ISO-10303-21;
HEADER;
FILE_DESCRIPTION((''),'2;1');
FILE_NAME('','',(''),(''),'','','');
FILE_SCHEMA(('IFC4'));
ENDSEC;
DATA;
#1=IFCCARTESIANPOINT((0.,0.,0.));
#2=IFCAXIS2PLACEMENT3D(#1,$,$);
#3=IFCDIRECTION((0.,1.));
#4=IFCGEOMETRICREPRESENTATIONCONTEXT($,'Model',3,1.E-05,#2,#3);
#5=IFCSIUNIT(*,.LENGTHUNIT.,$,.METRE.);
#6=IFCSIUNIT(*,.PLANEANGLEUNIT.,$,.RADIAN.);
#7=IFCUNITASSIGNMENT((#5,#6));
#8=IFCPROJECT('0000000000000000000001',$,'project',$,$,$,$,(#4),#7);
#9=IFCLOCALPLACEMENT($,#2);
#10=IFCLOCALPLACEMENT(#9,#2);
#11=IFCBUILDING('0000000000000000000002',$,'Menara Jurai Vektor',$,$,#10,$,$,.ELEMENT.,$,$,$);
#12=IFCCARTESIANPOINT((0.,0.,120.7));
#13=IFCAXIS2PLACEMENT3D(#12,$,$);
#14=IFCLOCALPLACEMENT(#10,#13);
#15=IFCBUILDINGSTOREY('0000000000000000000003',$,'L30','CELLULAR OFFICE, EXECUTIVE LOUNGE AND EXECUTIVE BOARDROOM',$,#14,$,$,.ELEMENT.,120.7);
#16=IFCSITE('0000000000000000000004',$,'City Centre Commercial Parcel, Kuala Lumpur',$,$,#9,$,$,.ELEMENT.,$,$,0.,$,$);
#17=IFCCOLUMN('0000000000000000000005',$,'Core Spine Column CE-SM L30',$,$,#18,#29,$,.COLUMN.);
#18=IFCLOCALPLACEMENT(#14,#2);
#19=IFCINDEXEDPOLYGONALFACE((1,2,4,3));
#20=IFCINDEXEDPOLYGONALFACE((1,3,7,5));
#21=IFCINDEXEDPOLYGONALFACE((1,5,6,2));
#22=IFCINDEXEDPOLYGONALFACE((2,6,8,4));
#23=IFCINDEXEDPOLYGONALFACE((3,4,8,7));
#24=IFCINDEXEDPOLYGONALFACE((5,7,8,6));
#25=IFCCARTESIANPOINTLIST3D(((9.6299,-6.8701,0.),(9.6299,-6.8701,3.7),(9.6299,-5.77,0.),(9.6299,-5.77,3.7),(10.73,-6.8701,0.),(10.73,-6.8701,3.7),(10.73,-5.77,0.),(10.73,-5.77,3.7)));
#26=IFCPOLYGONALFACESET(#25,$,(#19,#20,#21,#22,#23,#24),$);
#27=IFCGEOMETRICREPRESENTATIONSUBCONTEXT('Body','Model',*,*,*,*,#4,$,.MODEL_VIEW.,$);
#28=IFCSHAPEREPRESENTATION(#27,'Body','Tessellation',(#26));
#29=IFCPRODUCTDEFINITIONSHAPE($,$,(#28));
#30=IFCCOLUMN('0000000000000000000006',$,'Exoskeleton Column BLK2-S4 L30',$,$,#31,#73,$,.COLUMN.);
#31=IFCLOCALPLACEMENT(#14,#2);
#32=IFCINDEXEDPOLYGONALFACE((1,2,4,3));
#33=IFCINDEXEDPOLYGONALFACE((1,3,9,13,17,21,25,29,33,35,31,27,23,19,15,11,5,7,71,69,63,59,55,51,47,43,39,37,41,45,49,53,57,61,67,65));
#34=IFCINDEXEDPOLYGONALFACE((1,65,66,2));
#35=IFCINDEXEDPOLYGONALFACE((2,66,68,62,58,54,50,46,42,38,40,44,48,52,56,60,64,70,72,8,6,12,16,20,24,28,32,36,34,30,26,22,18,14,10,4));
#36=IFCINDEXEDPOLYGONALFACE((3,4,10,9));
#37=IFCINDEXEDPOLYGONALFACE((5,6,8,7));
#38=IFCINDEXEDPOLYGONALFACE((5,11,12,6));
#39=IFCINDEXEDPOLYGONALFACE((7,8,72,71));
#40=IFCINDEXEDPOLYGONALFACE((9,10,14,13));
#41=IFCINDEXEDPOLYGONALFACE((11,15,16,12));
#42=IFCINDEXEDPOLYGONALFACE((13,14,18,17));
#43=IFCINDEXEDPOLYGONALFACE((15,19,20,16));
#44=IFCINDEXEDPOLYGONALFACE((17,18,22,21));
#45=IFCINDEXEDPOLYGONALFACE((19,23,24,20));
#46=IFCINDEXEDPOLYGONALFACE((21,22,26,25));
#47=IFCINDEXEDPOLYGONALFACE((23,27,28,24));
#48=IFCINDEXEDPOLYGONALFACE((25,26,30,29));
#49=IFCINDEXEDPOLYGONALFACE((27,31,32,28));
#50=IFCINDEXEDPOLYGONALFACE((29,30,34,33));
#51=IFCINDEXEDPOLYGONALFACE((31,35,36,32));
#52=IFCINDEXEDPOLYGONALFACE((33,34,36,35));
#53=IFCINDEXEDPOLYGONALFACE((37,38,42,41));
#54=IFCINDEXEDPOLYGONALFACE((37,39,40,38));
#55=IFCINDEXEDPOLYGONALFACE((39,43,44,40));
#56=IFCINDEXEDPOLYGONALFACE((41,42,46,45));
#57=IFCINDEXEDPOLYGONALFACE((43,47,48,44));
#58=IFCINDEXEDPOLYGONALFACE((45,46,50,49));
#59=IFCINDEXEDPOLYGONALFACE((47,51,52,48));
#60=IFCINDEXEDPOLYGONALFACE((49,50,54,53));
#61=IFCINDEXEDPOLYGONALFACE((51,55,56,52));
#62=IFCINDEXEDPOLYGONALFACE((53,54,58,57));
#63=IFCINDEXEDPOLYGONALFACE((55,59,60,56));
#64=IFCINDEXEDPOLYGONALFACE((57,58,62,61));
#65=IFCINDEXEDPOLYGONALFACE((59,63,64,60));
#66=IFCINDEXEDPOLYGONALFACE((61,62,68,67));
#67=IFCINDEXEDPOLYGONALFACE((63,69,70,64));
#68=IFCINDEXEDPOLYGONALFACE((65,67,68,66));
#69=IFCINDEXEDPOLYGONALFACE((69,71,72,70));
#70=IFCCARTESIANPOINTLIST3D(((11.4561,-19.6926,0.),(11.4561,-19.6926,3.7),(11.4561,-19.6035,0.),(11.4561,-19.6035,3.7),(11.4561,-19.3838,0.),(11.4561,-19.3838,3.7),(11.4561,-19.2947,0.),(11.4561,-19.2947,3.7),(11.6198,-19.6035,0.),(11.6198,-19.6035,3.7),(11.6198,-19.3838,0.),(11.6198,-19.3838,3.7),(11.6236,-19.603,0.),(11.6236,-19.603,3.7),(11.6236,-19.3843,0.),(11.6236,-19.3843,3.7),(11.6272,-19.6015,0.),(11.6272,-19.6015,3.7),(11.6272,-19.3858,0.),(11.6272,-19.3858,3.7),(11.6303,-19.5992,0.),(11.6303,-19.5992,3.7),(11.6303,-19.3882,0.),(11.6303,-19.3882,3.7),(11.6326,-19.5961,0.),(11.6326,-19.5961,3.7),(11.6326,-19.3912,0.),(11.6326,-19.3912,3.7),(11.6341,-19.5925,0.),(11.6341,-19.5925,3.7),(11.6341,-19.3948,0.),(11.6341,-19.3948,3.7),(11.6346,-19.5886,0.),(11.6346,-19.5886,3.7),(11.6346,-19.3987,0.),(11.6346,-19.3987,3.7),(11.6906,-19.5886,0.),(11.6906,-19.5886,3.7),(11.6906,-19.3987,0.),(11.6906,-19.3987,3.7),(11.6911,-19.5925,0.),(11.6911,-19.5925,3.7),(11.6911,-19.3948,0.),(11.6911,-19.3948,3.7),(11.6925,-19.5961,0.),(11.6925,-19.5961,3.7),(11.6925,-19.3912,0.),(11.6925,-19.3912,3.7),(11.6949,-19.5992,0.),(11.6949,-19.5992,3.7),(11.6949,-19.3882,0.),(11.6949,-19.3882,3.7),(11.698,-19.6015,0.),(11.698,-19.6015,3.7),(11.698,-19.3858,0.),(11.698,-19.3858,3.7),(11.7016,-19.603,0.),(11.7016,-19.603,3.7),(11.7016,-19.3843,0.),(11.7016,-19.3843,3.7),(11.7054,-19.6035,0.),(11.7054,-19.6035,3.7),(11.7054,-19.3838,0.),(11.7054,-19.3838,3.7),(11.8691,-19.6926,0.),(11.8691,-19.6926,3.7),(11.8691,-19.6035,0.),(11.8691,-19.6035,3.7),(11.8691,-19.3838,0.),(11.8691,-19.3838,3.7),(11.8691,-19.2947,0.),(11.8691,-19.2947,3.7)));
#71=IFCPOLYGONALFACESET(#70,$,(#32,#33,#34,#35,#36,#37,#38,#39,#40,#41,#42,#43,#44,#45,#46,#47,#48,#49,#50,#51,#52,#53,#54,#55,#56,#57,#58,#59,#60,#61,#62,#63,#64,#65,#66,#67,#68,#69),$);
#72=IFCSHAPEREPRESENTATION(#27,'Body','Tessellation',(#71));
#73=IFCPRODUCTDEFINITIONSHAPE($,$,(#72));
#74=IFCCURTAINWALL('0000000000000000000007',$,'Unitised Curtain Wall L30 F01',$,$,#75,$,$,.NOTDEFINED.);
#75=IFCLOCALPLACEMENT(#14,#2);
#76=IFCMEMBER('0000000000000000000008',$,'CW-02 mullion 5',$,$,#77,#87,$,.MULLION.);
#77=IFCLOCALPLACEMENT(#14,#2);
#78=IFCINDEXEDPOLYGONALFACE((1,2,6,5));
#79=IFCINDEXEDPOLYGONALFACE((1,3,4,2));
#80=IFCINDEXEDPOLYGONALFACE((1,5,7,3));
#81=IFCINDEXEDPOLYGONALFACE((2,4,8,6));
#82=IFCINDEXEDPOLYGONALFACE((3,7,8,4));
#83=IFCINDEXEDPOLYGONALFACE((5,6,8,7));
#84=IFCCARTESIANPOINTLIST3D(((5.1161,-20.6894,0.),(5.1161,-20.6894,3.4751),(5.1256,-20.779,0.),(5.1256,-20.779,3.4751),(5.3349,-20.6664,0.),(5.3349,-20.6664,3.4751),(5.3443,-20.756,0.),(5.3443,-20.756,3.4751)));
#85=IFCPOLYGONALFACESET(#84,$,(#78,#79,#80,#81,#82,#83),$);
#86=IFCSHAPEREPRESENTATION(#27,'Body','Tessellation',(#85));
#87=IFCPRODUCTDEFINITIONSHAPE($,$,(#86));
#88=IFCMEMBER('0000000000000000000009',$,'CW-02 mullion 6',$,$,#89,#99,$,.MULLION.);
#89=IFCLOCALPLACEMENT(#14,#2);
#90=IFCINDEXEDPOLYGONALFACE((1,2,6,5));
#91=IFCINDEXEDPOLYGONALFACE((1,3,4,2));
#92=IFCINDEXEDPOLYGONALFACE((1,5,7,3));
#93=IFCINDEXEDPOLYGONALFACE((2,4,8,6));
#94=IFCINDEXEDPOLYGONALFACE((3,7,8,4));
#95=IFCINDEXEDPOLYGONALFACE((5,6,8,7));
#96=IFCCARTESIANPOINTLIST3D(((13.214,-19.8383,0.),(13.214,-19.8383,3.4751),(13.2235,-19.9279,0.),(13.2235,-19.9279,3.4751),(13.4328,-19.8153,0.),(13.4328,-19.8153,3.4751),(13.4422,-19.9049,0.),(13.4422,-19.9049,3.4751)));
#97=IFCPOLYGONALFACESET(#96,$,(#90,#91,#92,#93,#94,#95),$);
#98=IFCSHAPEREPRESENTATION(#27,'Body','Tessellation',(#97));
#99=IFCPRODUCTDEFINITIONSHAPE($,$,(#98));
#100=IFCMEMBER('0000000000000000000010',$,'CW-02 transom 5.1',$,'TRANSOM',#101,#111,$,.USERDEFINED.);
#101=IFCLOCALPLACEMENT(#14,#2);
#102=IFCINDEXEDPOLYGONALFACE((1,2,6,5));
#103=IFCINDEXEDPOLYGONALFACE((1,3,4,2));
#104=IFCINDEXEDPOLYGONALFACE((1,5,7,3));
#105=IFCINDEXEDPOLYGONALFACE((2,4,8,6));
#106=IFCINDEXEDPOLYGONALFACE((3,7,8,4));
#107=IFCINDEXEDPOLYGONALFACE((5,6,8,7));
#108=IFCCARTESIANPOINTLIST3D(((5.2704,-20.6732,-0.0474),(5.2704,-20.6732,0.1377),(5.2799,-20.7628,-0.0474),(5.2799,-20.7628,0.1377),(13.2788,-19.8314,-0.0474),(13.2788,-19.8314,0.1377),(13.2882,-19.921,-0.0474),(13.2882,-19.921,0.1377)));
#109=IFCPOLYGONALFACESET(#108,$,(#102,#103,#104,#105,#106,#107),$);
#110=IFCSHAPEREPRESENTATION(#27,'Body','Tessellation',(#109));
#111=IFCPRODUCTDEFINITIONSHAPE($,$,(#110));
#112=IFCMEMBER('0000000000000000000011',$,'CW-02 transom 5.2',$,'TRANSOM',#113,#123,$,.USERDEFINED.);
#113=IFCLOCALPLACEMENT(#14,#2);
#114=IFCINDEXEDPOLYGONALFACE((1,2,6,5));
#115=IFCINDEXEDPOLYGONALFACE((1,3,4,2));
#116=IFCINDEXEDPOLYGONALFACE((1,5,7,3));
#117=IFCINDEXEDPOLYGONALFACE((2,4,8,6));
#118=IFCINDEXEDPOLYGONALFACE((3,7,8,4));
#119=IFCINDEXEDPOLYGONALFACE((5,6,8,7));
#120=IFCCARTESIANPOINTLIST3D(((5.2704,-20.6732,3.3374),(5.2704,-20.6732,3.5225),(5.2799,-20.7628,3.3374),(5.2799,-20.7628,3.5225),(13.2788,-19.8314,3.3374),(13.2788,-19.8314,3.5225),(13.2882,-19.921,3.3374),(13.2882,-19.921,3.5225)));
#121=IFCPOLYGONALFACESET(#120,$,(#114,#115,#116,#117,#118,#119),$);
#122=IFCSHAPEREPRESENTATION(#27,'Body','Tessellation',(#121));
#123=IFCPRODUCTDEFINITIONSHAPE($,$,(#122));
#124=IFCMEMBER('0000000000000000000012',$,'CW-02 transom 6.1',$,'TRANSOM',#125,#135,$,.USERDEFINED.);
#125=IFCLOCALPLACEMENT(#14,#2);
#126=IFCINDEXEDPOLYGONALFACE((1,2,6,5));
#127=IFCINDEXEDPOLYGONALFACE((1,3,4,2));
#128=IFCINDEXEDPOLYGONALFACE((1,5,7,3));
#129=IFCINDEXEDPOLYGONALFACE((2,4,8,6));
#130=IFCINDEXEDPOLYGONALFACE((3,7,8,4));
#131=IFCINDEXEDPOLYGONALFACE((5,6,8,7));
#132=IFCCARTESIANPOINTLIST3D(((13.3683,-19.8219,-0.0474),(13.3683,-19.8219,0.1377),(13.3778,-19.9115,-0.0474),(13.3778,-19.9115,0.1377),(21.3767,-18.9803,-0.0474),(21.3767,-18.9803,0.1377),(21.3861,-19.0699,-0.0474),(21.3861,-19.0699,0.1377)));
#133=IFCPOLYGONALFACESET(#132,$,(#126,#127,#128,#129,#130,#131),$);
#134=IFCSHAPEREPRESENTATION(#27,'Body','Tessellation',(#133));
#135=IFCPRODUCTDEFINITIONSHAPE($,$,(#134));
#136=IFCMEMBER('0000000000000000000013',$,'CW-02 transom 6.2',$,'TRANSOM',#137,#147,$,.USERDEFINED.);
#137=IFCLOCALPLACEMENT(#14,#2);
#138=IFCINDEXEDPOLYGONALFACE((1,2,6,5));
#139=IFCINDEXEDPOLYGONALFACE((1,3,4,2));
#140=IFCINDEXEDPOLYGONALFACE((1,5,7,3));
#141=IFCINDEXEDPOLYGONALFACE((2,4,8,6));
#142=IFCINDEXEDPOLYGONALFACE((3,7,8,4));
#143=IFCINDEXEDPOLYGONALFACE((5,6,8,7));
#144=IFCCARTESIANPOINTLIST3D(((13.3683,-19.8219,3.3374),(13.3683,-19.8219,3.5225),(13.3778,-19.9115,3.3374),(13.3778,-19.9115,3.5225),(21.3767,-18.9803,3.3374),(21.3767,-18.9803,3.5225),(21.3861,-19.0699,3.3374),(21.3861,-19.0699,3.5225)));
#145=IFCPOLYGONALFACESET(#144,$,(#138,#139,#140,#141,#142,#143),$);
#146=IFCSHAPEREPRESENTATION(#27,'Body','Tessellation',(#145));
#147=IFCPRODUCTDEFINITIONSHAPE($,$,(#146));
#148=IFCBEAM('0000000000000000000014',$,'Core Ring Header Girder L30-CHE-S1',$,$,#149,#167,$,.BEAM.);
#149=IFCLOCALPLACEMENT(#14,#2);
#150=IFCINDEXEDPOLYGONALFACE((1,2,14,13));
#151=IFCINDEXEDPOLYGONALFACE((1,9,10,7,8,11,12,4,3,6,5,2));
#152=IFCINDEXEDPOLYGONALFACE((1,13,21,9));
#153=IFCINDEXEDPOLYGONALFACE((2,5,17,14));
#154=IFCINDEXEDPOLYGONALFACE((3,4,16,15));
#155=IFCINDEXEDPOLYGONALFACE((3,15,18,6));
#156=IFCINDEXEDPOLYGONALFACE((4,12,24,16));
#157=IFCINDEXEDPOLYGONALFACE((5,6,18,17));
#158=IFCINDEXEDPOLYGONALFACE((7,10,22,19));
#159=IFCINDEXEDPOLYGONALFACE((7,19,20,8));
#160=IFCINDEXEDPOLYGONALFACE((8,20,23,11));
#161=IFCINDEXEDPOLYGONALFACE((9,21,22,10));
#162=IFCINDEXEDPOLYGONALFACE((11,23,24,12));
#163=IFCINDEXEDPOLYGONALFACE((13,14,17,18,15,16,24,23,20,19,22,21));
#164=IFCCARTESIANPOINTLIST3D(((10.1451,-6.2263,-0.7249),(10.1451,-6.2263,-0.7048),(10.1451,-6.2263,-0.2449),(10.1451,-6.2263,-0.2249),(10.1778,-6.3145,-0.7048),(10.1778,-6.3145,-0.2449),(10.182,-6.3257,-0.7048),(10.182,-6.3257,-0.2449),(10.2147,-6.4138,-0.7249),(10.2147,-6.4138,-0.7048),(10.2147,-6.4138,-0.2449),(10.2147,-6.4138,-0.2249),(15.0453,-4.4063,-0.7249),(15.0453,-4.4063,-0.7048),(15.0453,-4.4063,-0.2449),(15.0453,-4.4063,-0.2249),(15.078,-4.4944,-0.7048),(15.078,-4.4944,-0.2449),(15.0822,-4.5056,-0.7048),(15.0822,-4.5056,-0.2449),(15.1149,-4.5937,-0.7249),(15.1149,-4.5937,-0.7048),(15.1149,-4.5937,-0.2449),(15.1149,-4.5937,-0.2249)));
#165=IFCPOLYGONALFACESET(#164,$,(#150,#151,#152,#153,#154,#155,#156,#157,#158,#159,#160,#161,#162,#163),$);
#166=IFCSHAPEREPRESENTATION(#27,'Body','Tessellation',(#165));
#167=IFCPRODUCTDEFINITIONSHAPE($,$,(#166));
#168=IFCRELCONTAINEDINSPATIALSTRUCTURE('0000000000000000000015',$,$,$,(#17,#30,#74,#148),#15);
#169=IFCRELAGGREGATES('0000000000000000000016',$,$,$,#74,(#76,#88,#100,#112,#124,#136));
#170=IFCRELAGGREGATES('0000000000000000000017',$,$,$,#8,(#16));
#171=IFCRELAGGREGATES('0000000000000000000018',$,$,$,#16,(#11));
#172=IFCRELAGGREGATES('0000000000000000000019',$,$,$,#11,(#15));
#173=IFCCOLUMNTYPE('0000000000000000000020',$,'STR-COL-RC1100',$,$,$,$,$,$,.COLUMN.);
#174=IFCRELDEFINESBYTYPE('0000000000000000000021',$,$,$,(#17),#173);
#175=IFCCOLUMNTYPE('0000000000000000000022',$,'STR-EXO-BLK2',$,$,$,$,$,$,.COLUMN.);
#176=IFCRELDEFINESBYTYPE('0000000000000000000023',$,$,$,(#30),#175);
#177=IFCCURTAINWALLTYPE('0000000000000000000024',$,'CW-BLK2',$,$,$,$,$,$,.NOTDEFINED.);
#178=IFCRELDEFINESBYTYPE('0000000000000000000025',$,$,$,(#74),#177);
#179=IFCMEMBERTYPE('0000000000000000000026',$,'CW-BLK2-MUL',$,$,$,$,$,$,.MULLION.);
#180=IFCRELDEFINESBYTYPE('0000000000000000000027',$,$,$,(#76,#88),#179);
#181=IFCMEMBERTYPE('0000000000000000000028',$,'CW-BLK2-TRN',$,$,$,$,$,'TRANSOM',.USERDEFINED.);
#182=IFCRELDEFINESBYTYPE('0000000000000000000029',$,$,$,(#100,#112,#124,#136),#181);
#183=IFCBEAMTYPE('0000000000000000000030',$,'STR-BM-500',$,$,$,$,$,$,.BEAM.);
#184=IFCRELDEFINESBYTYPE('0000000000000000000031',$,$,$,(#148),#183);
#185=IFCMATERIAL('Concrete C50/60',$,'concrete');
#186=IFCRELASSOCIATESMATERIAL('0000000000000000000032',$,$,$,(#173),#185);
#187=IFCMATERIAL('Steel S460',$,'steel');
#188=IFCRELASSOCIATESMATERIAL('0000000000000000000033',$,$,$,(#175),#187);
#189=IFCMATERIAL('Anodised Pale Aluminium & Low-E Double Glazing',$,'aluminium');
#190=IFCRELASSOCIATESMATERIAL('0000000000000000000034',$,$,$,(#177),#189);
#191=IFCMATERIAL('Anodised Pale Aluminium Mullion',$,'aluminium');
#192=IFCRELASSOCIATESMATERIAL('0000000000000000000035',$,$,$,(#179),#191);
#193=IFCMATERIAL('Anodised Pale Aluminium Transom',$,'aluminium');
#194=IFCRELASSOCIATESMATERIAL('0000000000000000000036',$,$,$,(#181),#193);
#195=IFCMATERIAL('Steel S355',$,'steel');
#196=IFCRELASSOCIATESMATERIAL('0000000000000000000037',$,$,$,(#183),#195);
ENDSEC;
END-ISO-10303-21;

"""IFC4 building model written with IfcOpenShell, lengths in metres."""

from ifc_helpers import new_model, si_unit, direction, frame, origin, origin_2d, place, context, subcontext, project, spatial, rectangle, i_section, extrude, material, material_profile, profile_set, type_object, element, aggregate, save


model = new_model("IFC4")

# Units and contexts
model_context = context("Model", 3, precision=1e-05, world=origin(), true_north=direction((0.0, 1.0)))
body_context = subcontext(model_context, "Body", "Model", "MODEL_VIEW")
ifc_project = project(units=[si_unit("LENGTHUNIT", "METRE"), si_unit("PLANEANGLEUNIT", "RADIAN")], contexts=[model_context])

# Site, building, storey
site_placement = place(None, origin())
site = spatial("IfcSite", under=ifc_project, at=site_placement, Name="City Centre Commercial Parcel, Kuala Lumpur", CompositionType="ELEMENT", RefElevation=0.0)
building_placement = place(site_placement, origin())
building = spatial("IfcBuilding", under=site, at=building_placement, Name="Menara Jurai Vektor", CompositionType="ELEMENT")
storey_placement = place(building_placement, frame((0.0, 0.0, 120.7)))
storey = spatial("IfcBuildingStorey", under=building, at=storey_placement, Name="L30", Description="CELLULAR OFFICE, EXECUTIVE LOUNGE AND EXECUTIVE BOARDROOM", CompositionType="ELEMENT", Elevation=120.7)

# Columns
ifc_material_1 = material(Name="Concrete C50/60", Category="concrete")
ifc_material_profile_1 = material_profile(ifc_material_1, rectangle(XDim=1.1001, YDim=1.1001, at=origin_2d()), Name="RC 1100x1100")
ifc_profile_set_1 = profile_set([ifc_material_profile_1], Name="Concrete C50/60")
column_type_1 = type_object("IfcColumnType", Name="STR-COL-RC1100", PredefinedType="COLUMN", material=ifc_profile_set_1)
column_1_placement = place(storey_placement, frame((10.1799, -6.3201, 0.0), z_axis=(0.0, 0.0, 1.0), x_axis=(1.0, 0.0, 0.0)))
element("IfcColumn", 1, at=column_1_placement, inside=storey, type_object=column_type_1, Name="Core Spine Column CE-SM L30", PredefinedType="COLUMN", context=body_context, shape_type="SweptSolid", body=[
    extrude(rectangle(XDim=1.1001, YDim=1.1001, at=origin_2d()), origin(), (0.0, 0.0, 1.0), 3.7),
])
ifc_material_2 = material(Name="Steel S460", Category="steel")
ifc_material_profile_2 = material_profile(ifc_material_2, i_section(OverallWidth=0.4131, OverallDepth=0.3979, WebThickness=0.0559, FlangeThickness=0.0891, FilletRadius=0.0149, at=origin_2d()), Name="HD 400x744")
ifc_profile_set_2 = profile_set([ifc_material_profile_2], Name="Steel S460")
column_type_2 = type_object("IfcColumnType", Name="STR-EXO-BLK2", PredefinedType="COLUMN", material=ifc_profile_set_2)
column_2_placement = place(storey_placement, frame((11.6626, -19.4937, 0.0), z_axis=(0.0, 0.0, 1.0), x_axis=(1.0, 0.0, 0.0)))
element("IfcColumn", 2, at=column_2_placement, inside=storey, type_object=column_type_2, Name="Exoskeleton Column BLK2-S4 L30", PredefinedType="COLUMN", context=body_context, shape_type="SweptSolid", body=[
    extrude(i_section(OverallWidth=0.4131, OverallDepth=0.3979, WebThickness=0.0559, FlangeThickness=0.0891, FilletRadius=0.0149, at=origin_2d()), origin(), (0.0, 0.0, 1.0), 3.7),
])

# Curtain wall, members
ifc_material_3 = material(Name="Anodised Pale Aluminium & Low-E Double Glazing", Category="aluminium")
curtain_wall_type = type_object("IfcCurtainWallType", Name="CW-BLK2", PredefinedType="NOTDEFINED", material=ifc_material_3)
curtain_wall_placement = place(storey_placement, origin())
curtain_wall = element("IfcCurtainWall", 3, at=curtain_wall_placement, inside=storey, type_object=curtain_wall_type, Name="Unitised Curtain Wall L30 F01", PredefinedType="NOTDEFINED")
ifc_material_4 = material(Name="Anodised Pale Aluminium Mullion", Category="aluminium")
ifc_material_profile_3 = material_profile(ifc_material_4, rectangle(XDim=0.0901, YDim=0.22, at=origin_2d()), Name="ALU MUL 90x220")
ifc_profile_set_3 = profile_set([ifc_material_profile_3], Name="Anodised Pale Aluminium Mullion")
member_type_1 = type_object("IfcMemberType", Name="CW-BLK2-MUL", PredefinedType="MULLION", material=ifc_profile_set_3)
member_1_placement = place(storey_placement, frame((5.2302, -20.7227, 0.0), z_axis=(0.0, 0.0, 1.0), x_axis=(-0.104529, 0.994522, 0.0)))
member_1 = element("IfcMember", 4, at=member_1_placement, type_object=member_type_1, Name="CW-02 mullion 5", PredefinedType="MULLION", context=body_context, shape_type="SweptSolid", body=[
    extrude(rectangle(XDim=0.0901, YDim=0.22, at=origin_2d()), origin(), (0.0, 0.0, 1.0), 3.4751),
])
member_2_placement = place(storey_placement, frame((13.3281, -19.8716, 0.0), z_axis=(0.0, 0.0, 1.0), x_axis=(-0.104529, 0.994522, 0.0)))
member_2 = element("IfcMember", 5, at=member_2_placement, type_object=member_type_1, Name="CW-02 mullion 6", PredefinedType="MULLION", context=body_context, shape_type="SweptSolid", body=[
    extrude(rectangle(XDim=0.0901, YDim=0.22, at=origin_2d()), origin(), (0.0, 0.0, 1.0), 3.4751),
])
ifc_material_5 = material(Name="Anodised Pale Aluminium Transom", Category="aluminium")
ifc_material_profile_4 = material_profile(ifc_material_5, rectangle(XDim=0.0901, YDim=0.1851, at=origin_2d()), Name="ALU TRN 90x185")
ifc_profile_set_4 = profile_set([ifc_material_profile_4], Name="Anodised Pale Aluminium Transom")
member_type_2 = type_object("IfcMemberType", Name="CW-BLK2-TRN", ElementType="TRANSOM", PredefinedType="USERDEFINED", material=ifc_profile_set_4)
member_3_placement = place(storey_placement, frame((5.2751, -20.718, 0.0452), z_axis=(0.994521, 0.10454, 0.0), x_axis=(-0.10454, 0.994521, 0.0)))
member_3 = element("IfcMember", 6, at=member_3_placement, type_object=member_type_2, Name="CW-02 transom 5.1", ObjectType="TRANSOM", PredefinedType="USERDEFINED", context=body_context, shape_type="SweptSolid", body=[
    extrude(rectangle(XDim=0.0901, YDim=0.1851, at=origin_2d()), origin(), (0.0, 0.0, 1.0), 8.0525),
])
member_4_placement = place(storey_placement, frame((5.2751, -20.718, 3.4299), z_axis=(0.994521, 0.10454, 0.0), x_axis=(-0.10454, 0.994521, 0.0)))
member_4 = element("IfcMember", 7, at=member_4_placement, type_object=member_type_2, Name="CW-02 transom 5.2", ObjectType="TRANSOM", PredefinedType="USERDEFINED", context=body_context, shape_type="SweptSolid", body=[
    extrude(rectangle(XDim=0.0901, YDim=0.1851, at=origin_2d()), origin(), (0.0, 0.0, 1.0), 8.0525),
])
member_5_placement = place(storey_placement, frame((13.373, -19.8667, 0.0452), z_axis=(0.994524, 0.10451, 0.0), x_axis=(-0.10451, 0.994524, 0.0)))
member_5 = element("IfcMember", 8, at=member_5_placement, type_object=member_type_2, Name="CW-02 transom 6.1", ObjectType="TRANSOM", PredefinedType="USERDEFINED", context=body_context, shape_type="SweptSolid", body=[
    extrude(rectangle(XDim=0.0901, YDim=0.1851, at=origin_2d()), origin(), (0.0, 0.0, 1.0), 8.0525),
])
member_6_placement = place(storey_placement, frame((13.373, -19.8667, 3.4299), z_axis=(0.994524, 0.10451, 0.0), x_axis=(-0.10451, 0.994524, 0.0)))
member_6 = element("IfcMember", 9, at=member_6_placement, type_object=member_type_2, Name="CW-02 transom 6.2", ObjectType="TRANSOM", PredefinedType="USERDEFINED", context=body_context, shape_type="SweptSolid", body=[
    extrude(rectangle(XDim=0.0901, YDim=0.1851, at=origin_2d()), origin(), (0.0, 0.0, 1.0), 8.0525),
])

# Beam
ifc_material_6 = material(Name="Steel S355", Category="steel")
ifc_material_profile_5 = material_profile(ifc_material_6, i_section(OverallWidth=0.2, OverallDepth=0.5, WebThickness=0.012, FlangeThickness=0.02, at=origin_2d()), Name="PG 500x200x96")
ifc_profile_set_5 = profile_set([ifc_material_profile_5], Name="Steel S355")
beam_type_1 = type_object("IfcBeamType", Name="STR-BM-500", PredefinedType="BEAM", material=ifc_profile_set_5)
beam_1_placement = place(storey_placement, frame((10.1799, -6.3201, -0.4749), z_axis=(0.937424, 0.348189, 0.0), x_axis=(-0.348189, 0.937424, 0.0)))
element("IfcBeam", 10, at=beam_1_placement, inside=storey, type_object=beam_type_1, Name="Core Ring Header Girder L30-CHE-S1", PredefinedType="BEAM", context=body_context, shape_type="SweptSolid", body=[
    extrude(i_section(OverallWidth=0.2, OverallDepth=0.5, WebThickness=0.012, FlangeThickness=0.02, at=origin_2d()), origin(), (0.0, 0.0, 1.0), 5.2273),
])

aggregate(curtain_wall, [member_1, member_2, member_3, member_4, member_5, member_6])

save(model, "model.ifc")
